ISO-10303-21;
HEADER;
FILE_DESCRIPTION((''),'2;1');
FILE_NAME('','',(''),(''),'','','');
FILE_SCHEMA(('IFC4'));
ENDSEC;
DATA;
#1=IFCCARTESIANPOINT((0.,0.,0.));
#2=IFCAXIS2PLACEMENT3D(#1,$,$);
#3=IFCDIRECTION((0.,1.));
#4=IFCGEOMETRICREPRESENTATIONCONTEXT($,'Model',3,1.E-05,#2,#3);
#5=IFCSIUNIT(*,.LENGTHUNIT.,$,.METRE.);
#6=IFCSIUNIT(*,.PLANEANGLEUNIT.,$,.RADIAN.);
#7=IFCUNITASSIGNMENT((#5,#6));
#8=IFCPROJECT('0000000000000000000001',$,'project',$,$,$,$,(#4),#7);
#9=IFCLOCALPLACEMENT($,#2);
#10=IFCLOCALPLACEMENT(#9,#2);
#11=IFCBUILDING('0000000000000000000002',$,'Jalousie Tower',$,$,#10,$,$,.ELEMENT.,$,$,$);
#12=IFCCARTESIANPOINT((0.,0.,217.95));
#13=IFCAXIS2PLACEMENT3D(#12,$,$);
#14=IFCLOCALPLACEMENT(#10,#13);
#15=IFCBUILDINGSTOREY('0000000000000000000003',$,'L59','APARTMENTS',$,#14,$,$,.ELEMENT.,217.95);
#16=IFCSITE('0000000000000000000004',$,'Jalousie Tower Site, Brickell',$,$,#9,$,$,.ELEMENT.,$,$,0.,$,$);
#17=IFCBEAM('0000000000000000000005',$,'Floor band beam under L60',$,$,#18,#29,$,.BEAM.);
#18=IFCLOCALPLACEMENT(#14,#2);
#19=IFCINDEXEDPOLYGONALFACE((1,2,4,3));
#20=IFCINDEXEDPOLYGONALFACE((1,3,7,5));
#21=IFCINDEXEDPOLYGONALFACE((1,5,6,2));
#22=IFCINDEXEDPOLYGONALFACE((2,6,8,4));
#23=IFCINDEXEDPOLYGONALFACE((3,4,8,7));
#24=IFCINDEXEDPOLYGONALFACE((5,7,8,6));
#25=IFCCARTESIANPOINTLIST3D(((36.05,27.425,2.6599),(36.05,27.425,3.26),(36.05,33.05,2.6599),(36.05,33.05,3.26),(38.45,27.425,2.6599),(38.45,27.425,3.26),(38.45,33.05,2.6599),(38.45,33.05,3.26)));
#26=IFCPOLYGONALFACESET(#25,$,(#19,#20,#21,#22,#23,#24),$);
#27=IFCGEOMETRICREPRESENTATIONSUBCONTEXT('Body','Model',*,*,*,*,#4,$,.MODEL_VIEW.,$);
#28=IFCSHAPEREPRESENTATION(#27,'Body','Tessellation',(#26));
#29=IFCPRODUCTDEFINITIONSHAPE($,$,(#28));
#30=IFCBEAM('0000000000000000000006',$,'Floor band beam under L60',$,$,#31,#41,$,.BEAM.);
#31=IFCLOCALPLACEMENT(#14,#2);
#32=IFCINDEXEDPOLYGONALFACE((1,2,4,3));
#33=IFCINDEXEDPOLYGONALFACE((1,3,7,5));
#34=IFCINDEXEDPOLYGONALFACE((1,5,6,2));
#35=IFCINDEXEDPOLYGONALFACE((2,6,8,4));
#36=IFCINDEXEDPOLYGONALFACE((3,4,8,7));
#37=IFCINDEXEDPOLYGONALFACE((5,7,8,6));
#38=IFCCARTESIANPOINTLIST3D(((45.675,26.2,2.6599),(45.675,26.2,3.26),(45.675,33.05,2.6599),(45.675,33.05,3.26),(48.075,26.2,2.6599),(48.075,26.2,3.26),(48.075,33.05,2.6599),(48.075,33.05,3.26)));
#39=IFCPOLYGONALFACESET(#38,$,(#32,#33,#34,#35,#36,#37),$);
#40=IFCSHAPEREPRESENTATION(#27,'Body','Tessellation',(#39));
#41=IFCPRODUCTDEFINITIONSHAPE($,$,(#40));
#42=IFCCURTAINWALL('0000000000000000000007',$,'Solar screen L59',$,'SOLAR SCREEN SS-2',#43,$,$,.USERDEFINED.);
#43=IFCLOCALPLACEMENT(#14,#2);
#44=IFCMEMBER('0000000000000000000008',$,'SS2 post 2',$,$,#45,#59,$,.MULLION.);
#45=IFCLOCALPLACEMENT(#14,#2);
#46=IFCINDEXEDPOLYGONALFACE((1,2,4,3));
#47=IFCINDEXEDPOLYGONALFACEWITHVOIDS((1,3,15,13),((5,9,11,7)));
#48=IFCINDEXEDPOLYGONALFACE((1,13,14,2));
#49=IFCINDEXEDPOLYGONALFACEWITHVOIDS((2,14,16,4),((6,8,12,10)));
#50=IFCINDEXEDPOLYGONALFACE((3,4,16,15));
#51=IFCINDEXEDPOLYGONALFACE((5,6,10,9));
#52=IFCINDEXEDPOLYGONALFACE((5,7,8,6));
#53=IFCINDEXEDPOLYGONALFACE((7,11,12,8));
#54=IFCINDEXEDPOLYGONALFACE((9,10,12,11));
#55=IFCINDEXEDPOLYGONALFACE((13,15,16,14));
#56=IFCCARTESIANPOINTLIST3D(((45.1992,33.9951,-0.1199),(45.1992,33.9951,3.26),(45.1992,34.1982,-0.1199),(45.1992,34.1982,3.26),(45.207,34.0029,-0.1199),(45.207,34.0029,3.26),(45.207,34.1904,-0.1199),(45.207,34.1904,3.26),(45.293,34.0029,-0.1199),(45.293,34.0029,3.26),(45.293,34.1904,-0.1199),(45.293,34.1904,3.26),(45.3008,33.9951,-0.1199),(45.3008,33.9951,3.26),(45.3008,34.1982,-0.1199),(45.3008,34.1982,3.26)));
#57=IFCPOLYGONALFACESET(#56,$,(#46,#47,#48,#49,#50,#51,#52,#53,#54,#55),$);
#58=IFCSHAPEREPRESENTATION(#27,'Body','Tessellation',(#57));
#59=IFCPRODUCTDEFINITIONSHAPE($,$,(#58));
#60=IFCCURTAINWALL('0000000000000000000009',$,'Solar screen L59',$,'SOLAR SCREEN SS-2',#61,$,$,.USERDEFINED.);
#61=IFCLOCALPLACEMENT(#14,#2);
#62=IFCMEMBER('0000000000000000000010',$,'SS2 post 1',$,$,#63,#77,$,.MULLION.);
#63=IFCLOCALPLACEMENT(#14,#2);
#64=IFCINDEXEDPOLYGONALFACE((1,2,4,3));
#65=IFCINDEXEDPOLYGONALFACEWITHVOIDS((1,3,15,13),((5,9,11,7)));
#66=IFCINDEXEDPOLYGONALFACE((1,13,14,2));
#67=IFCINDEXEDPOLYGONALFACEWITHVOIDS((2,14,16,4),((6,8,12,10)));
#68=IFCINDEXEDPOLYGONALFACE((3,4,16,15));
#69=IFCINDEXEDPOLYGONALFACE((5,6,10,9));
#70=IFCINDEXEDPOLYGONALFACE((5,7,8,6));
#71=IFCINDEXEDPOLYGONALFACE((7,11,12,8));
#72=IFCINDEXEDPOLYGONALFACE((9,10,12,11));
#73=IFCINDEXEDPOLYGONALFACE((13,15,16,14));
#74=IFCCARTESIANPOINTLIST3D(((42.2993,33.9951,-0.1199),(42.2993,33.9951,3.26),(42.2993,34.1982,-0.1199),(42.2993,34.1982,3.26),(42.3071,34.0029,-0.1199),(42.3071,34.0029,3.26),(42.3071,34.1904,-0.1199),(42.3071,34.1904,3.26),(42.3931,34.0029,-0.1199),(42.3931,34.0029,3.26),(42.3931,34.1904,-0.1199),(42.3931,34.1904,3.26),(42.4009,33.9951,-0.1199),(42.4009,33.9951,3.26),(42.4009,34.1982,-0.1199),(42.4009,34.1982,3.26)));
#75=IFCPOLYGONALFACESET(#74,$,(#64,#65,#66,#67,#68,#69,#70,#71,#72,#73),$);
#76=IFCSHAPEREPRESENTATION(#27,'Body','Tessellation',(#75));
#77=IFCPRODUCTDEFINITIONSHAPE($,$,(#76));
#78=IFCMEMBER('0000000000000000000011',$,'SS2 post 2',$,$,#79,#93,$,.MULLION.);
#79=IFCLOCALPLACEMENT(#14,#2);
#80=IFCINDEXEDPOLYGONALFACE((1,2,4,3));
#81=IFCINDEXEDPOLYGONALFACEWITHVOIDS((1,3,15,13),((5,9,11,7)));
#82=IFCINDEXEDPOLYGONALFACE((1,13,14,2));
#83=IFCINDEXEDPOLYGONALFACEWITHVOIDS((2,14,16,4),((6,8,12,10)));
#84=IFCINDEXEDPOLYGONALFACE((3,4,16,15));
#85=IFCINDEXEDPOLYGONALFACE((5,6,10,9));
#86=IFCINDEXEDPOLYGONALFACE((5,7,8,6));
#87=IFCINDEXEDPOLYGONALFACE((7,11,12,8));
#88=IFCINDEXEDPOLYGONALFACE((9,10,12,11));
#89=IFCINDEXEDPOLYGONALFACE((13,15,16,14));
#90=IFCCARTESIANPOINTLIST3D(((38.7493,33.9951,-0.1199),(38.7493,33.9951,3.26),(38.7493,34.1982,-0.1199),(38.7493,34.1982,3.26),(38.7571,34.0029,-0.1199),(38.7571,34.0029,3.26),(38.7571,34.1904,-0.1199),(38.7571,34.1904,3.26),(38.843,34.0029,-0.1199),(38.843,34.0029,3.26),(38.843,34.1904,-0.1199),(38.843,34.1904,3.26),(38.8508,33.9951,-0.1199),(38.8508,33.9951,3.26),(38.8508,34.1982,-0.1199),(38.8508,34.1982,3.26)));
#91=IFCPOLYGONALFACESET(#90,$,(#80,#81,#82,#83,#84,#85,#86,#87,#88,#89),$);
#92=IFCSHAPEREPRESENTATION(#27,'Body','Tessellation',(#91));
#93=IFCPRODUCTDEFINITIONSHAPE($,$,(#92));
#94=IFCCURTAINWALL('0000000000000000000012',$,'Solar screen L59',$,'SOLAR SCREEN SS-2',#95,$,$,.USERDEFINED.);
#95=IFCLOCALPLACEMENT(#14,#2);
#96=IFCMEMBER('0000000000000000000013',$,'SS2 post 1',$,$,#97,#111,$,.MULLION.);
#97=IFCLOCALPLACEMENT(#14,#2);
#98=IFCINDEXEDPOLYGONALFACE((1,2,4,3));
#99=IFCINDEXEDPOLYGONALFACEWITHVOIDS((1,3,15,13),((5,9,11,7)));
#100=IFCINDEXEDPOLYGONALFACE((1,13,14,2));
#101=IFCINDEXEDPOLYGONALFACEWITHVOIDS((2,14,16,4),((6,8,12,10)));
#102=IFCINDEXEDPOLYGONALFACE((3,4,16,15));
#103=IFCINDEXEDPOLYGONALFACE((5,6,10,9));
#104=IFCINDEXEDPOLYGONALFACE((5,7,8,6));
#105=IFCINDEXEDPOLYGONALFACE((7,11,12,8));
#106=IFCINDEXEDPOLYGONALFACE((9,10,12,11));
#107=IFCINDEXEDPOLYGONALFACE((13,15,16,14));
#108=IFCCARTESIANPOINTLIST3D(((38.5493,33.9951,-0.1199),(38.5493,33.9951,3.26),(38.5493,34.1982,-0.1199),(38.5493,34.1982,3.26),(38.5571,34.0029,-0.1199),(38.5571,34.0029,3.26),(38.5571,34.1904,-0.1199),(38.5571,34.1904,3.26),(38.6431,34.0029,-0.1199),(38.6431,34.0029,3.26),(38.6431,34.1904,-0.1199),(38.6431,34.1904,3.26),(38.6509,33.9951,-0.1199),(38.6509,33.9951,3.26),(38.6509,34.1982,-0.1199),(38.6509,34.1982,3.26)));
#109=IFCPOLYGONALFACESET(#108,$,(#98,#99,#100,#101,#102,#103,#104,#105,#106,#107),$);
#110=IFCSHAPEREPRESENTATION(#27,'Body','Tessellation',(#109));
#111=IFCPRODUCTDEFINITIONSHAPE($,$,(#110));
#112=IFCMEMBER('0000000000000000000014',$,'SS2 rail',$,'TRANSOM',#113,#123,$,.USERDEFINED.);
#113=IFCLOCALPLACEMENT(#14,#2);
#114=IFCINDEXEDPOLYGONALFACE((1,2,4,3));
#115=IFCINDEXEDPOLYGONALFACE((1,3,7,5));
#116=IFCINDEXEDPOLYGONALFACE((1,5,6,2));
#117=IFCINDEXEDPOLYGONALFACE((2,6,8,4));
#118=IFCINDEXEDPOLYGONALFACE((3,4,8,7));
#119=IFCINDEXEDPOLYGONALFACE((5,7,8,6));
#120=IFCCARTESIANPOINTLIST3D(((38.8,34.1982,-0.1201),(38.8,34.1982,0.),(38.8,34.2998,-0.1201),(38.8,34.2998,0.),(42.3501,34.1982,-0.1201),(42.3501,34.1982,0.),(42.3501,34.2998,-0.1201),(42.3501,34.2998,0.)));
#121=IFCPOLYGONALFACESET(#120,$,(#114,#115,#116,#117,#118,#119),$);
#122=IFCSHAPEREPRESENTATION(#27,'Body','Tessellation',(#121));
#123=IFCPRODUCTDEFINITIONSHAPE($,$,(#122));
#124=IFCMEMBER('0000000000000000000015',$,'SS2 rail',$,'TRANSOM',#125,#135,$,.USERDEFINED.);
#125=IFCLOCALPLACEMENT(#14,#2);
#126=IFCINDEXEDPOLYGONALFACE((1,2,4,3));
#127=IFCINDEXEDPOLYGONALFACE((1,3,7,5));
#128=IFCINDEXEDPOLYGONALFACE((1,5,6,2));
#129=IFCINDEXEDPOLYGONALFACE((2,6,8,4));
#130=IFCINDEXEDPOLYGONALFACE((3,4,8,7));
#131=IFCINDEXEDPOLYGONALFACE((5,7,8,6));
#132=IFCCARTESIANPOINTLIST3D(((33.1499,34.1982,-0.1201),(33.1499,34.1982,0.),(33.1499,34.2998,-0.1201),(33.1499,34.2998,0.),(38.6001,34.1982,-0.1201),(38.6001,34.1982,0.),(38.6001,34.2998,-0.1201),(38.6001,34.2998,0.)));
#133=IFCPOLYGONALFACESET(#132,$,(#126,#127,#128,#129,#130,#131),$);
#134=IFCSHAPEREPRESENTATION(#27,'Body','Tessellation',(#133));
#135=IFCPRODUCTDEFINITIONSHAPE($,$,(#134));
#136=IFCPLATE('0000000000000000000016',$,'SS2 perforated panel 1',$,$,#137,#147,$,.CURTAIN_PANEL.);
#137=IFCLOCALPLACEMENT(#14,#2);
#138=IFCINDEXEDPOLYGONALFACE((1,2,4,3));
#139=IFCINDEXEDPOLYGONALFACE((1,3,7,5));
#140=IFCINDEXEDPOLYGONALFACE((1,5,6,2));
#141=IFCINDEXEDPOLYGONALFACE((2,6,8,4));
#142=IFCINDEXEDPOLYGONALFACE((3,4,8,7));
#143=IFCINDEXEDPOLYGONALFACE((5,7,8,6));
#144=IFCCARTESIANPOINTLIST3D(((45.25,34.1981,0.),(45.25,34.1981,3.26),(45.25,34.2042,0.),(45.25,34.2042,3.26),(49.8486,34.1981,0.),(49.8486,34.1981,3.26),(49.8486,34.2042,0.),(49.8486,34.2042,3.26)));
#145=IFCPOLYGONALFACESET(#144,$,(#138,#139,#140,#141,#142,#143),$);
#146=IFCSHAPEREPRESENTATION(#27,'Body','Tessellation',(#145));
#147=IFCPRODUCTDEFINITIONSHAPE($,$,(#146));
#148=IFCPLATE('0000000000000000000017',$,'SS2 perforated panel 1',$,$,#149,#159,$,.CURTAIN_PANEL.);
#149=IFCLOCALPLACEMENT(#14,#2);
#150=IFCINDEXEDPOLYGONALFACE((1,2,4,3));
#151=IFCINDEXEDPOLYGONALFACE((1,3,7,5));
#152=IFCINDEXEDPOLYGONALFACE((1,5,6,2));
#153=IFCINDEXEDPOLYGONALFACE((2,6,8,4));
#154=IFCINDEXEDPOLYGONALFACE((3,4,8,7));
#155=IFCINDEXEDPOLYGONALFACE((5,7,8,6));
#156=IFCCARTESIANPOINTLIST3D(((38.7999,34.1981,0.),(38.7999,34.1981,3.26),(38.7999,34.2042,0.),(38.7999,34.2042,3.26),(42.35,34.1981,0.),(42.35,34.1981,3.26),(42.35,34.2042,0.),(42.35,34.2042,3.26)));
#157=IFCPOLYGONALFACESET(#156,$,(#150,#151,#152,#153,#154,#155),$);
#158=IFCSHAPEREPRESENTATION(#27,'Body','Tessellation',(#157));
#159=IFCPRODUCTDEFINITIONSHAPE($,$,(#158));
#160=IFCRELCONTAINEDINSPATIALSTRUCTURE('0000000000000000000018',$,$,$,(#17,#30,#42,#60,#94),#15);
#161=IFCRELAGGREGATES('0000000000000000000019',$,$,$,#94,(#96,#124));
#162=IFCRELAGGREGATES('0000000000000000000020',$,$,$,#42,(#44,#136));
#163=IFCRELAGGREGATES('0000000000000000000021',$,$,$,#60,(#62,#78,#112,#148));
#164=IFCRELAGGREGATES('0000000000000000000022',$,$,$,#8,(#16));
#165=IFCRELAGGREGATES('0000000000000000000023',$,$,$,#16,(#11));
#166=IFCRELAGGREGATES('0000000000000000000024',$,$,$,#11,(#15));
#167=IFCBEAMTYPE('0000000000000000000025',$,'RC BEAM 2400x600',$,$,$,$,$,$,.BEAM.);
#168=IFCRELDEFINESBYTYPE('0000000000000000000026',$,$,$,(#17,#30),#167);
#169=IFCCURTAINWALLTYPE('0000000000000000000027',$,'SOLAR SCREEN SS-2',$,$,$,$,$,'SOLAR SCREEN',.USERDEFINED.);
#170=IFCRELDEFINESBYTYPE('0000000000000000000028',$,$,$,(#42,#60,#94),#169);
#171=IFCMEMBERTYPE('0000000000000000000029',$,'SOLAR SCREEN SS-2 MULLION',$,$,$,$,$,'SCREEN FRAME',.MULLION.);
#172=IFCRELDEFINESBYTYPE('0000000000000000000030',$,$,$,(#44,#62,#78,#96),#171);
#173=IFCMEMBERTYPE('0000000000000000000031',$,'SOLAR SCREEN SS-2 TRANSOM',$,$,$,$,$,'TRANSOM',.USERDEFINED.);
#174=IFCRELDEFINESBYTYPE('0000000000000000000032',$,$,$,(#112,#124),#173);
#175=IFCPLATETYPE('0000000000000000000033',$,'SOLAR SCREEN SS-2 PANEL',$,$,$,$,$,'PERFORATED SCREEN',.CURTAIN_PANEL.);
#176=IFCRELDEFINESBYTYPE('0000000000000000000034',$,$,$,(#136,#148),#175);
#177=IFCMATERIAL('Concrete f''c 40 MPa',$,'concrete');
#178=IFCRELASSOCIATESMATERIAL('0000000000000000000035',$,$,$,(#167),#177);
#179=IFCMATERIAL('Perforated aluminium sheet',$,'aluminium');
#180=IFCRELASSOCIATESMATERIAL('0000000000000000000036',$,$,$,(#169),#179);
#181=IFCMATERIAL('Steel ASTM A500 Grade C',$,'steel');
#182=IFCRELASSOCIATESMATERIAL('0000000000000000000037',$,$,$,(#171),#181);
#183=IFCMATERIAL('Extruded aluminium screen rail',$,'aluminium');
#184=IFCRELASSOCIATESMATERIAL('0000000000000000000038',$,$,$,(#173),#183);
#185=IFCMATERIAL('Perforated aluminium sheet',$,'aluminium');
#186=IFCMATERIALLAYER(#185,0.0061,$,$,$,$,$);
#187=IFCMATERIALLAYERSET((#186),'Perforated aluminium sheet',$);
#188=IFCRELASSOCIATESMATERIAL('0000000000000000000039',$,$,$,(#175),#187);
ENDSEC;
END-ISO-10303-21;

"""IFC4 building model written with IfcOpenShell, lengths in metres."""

from ifc_helpers import new_model, si_unit, direction, frame, origin, origin_2d, place, context, subcontext, project, spatial, rectangle, hollow_rectangle, extrude, material, layer, layer_set, material_profile, profile_set, type_object, element, aggregate, save


model = new_model("IFC4")

# Units and contexts
model_context = context("Model", 3, precision=1e-05, world=origin(), true_north=direction((0.0, 1.0)))
body_context = subcontext(model_context, "Body", "Model", "MODEL_VIEW")
ifc_project = project(units=[si_unit("LENGTHUNIT", "METRE"), si_unit("PLANEANGLEUNIT", "RADIAN")], contexts=[model_context])

# Site, building, storey
site_placement = place(None, origin())
site = spatial("IfcSite", under=ifc_project, at=site_placement, Name="Jalousie Tower Site, Brickell", CompositionType="ELEMENT", RefElevation=0.0)
building_placement = place(site_placement, origin())
building = spatial("IfcBuilding", under=site, at=building_placement, Name="Jalousie Tower", CompositionType="ELEMENT")
storey_placement = place(building_placement, frame((0.0, 0.0, 217.95)))
storey = spatial("IfcBuildingStorey", under=building, at=storey_placement, Name="L59", Description="APARTMENTS", CompositionType="ELEMENT", Elevation=217.95)

# Beams
ifc_material_1 = material(Name="Concrete f'c 40 MPa", Category="concrete")
ifc_material_profile_1 = material_profile(ifc_material_1, rectangle(XDim=2.3999, YDim=0.6001, at=origin_2d()), Name="RC 2400x600")
ifc_profile_set_1 = profile_set([ifc_material_profile_1], Name="Concrete f'c 40 MPa")
beam_type_1 = type_object("IfcBeamType", Name="RC BEAM 2400x600", PredefinedType="BEAM", material=ifc_profile_set_1)
beam_1_placement = place(storey_placement, frame((37.25, 33.05, 2.96), z_axis=(0.0, -1.0, 0.0), x_axis=(1.0, 0.0, 0.0)))
element("IfcBeam", 1, at=beam_1_placement, inside=storey, type_object=beam_type_1, Name="Floor band beam under L60", PredefinedType="BEAM", context=body_context, shape_type="SweptSolid", body=[
    extrude(rectangle(XDim=2.3999, YDim=0.6001, at=origin_2d()), origin(), (0.0, 0.0, 1.0), 5.625),
])
beam_2_placement = place(storey_placement, frame((46.875, 33.05, 2.96), z_axis=(0.0, -1.0, 0.0), x_axis=(1.0, 0.0, 0.0)))
element("IfcBeam", 2, at=beam_2_placement, inside=storey, type_object=beam_type_1, Name="Floor band beam under L60", PredefinedType="BEAM", context=body_context, shape_type="SweptSolid", body=[
    extrude(rectangle(XDim=2.3999, YDim=0.6001, at=origin_2d()), origin(), (0.0, 0.0, 1.0), 6.8501),
])

# Curtain wall, member
ifc_material_2 = material(Name="Perforated aluminium sheet", Category="aluminium")
curtain_wall_type = type_object("IfcCurtainWallType", Name="SOLAR SCREEN SS-2", ElementType="SOLAR SCREEN", PredefinedType="USERDEFINED", material=ifc_material_2)
curtain_wall_1_placement = place(storey_placement, origin())
curtain_wall_1 = element("IfcCurtainWall", 3, at=curtain_wall_1_placement, inside=storey, type_object=curtain_wall_type, Name="Solar screen L59", ObjectType="SOLAR SCREEN SS-2", PredefinedType="USERDEFINED")
ifc_material_3 = material(Name="Steel ASTM A500 Grade C", Category="steel")
ifc_material_profile_2 = material_profile(ifc_material_3, hollow_rectangle(XDim=0.1016, YDim=0.2031, WallThickness=0.0078, at=origin_2d()), Name="HSS8X4X5/16")
ifc_profile_set_2 = profile_set([ifc_material_profile_2], Name="Steel ASTM A500 Grade C")
member_type_1 = type_object("IfcMemberType", Name="SOLAR SCREEN SS-2 MULLION", ElementType="SCREEN FRAME", PredefinedType="MULLION", material=ifc_profile_set_2)
member_1_placement = place(storey_placement, frame((45.25, 34.0967, -0.1199), z_axis=(0.0, 0.0, 1.0), x_axis=(-1.0, 0.0, 0.0)))
member_1 = element("IfcMember", 4, at=member_1_placement, type_object=member_type_1, Name="SS2 post 2", PredefinedType="MULLION", context=body_context, shape_type="SweptSolid", body=[
    extrude(hollow_rectangle(XDim=0.1016, YDim=0.2031, WallThickness=0.0078, at=origin_2d()), origin(), (0.0, 0.0, 1.0), 3.3799),
])

# Curtain wall, members
curtain_wall_2_placement = place(storey_placement, origin())
curtain_wall_2 = element("IfcCurtainWall", 5, at=curtain_wall_2_placement, inside=storey, type_object=curtain_wall_type, Name="Solar screen L59", ObjectType="SOLAR SCREEN SS-2", PredefinedType="USERDEFINED")
member_2_placement = place(storey_placement, frame((42.3501, 34.0967, -0.1199), z_axis=(0.0, 0.0, 1.0), x_axis=(-1.0, 0.0, 0.0)))
member_2 = element("IfcMember", 6, at=member_2_placement, type_object=member_type_1, Name="SS2 post 1", PredefinedType="MULLION", context=body_context, shape_type="SweptSolid", body=[
    extrude(hollow_rectangle(XDim=0.1016, YDim=0.2031, WallThickness=0.0078, at=origin_2d()), origin(), (0.0, 0.0, 1.0), 3.3799),
])
member_3_placement = place(storey_placement, frame((38.8, 34.0967, -0.1199), z_axis=(0.0, 0.0, 1.0), x_axis=(-1.0, 0.0, 0.0)))
member_3 = element("IfcMember", 7, at=member_3_placement, type_object=member_type_1, Name="SS2 post 2", PredefinedType="MULLION", context=body_context, shape_type="SweptSolid", body=[
    extrude(hollow_rectangle(XDim=0.1016, YDim=0.2031, WallThickness=0.0078, at=origin_2d()), origin(), (0.0, 0.0, 1.0), 3.3799),
])

# Curtain wall, member
curtain_wall_3_placement = place(storey_placement, origin())
curtain_wall_3 = element("IfcCurtainWall", 8, at=curtain_wall_3_placement, inside=storey, type_object=curtain_wall_type, Name="Solar screen L59", ObjectType="SOLAR SCREEN SS-2", PredefinedType="USERDEFINED")
member_4_placement = place(storey_placement, frame((38.6001, 34.0967, -0.1199), z_axis=(0.0, 0.0, 1.0), x_axis=(-1.0, 0.0, 0.0)))
member_4 = element("IfcMember", 9, at=member_4_placement, type_object=member_type_1, Name="SS2 post 1", PredefinedType="MULLION", context=body_context, shape_type="SweptSolid", body=[
    extrude(hollow_rectangle(XDim=0.1016, YDim=0.2031, WallThickness=0.0078, at=origin_2d()), origin(), (0.0, 0.0, 1.0), 3.3799),
])

# Members
ifc_material_4 = material(Name="Extruded aluminium screen rail", Category="aluminium")
ifc_material_profile_3 = material_profile(ifc_material_4, rectangle(XDim=0.1016, YDim=0.1201, at=origin_2d()), Name="RAIL 102x120")
ifc_profile_set_3 = profile_set([ifc_material_profile_3], Name="Extruded aluminium screen rail")
member_type_2 = type_object("IfcMemberType", Name="SOLAR SCREEN SS-2 TRANSOM", ElementType="TRANSOM", PredefinedType="USERDEFINED", material=ifc_profile_set_3)
member_5_placement = place(storey_placement, frame((42.3501, 34.249, -0.0601), z_axis=(-1.0, 0.0, 0.0), x_axis=(0.0, -1.0, 0.0)))
member_5 = element("IfcMember", 10, at=member_5_placement, type_object=member_type_2, Name="SS2 rail", ObjectType="TRANSOM", PredefinedType="USERDEFINED", context=body_context, shape_type="SweptSolid", body=[
    extrude(rectangle(XDim=0.1016, YDim=0.1201, at=origin_2d()), origin(), (0.0, 0.0, 1.0), 3.55),
])
member_6_placement = place(storey_placement, frame((38.6001, 34.249, -0.0601), z_axis=(-1.0, 0.0, 0.0), x_axis=(0.0, -1.0, 0.0)))
member_6 = element("IfcMember", 11, at=member_6_placement, type_object=member_type_2, Name="SS2 rail", ObjectType="TRANSOM", PredefinedType="USERDEFINED", context=body_context, shape_type="SweptSolid", body=[
    extrude(rectangle(XDim=0.1016, YDim=0.1201, at=origin_2d()), origin(), (0.0, 0.0, 1.0), 5.4502),
])
aggregate(curtain_wall_3, [member_4, member_6])

# Plates
ifc_material_5 = material(Name="Perforated aluminium sheet", Category="aluminium")
ifc_layer = layer(ifc_material_5, 0.0061)
ifc_layer_set = layer_set([ifc_layer], Name="Perforated aluminium sheet")
plate_type = type_object("IfcPlateType", Name="SOLAR SCREEN SS-2 PANEL", ElementType="PERFORATED SCREEN", PredefinedType="CURTAIN_PANEL", material=ifc_layer_set)
plate_1_placement = place(storey_placement, frame((47.5493, 34.2012, 0.0), z_axis=(0.0, 0.0, 1.0), x_axis=(-1.0, 0.0, 0.0)))
plate_1 = element("IfcPlate", 12, at=plate_1_placement, type_object=plate_type, Name="SS2 perforated panel 1", PredefinedType="CURTAIN_PANEL", context=body_context, shape_type="SweptSolid", body=[
    extrude(rectangle(XDim=4.5986, YDim=0.0061, at=origin_2d()), origin(), (0.0, 0.0, 1.0), 3.26),
])
aggregate(curtain_wall_1, [member_1, plate_1])
plate_2_placement = place(storey_placement, frame((40.575, 34.2012, 0.0), z_axis=(0.0, 0.0, 1.0), x_axis=(-1.0, 0.0, 0.0)))
plate_2 = element("IfcPlate", 13, at=plate_2_placement, type_object=plate_type, Name="SS2 perforated panel 1", PredefinedType="CURTAIN_PANEL", context=body_context, shape_type="SweptSolid", body=[
    extrude(rectangle(XDim=3.55, YDim=0.0061, at=origin_2d()), origin(), (0.0, 0.0, 1.0), 3.26),
])
aggregate(curtain_wall_2, [member_2, member_3, member_5, plate_2])

save(model, "model.ifc")
